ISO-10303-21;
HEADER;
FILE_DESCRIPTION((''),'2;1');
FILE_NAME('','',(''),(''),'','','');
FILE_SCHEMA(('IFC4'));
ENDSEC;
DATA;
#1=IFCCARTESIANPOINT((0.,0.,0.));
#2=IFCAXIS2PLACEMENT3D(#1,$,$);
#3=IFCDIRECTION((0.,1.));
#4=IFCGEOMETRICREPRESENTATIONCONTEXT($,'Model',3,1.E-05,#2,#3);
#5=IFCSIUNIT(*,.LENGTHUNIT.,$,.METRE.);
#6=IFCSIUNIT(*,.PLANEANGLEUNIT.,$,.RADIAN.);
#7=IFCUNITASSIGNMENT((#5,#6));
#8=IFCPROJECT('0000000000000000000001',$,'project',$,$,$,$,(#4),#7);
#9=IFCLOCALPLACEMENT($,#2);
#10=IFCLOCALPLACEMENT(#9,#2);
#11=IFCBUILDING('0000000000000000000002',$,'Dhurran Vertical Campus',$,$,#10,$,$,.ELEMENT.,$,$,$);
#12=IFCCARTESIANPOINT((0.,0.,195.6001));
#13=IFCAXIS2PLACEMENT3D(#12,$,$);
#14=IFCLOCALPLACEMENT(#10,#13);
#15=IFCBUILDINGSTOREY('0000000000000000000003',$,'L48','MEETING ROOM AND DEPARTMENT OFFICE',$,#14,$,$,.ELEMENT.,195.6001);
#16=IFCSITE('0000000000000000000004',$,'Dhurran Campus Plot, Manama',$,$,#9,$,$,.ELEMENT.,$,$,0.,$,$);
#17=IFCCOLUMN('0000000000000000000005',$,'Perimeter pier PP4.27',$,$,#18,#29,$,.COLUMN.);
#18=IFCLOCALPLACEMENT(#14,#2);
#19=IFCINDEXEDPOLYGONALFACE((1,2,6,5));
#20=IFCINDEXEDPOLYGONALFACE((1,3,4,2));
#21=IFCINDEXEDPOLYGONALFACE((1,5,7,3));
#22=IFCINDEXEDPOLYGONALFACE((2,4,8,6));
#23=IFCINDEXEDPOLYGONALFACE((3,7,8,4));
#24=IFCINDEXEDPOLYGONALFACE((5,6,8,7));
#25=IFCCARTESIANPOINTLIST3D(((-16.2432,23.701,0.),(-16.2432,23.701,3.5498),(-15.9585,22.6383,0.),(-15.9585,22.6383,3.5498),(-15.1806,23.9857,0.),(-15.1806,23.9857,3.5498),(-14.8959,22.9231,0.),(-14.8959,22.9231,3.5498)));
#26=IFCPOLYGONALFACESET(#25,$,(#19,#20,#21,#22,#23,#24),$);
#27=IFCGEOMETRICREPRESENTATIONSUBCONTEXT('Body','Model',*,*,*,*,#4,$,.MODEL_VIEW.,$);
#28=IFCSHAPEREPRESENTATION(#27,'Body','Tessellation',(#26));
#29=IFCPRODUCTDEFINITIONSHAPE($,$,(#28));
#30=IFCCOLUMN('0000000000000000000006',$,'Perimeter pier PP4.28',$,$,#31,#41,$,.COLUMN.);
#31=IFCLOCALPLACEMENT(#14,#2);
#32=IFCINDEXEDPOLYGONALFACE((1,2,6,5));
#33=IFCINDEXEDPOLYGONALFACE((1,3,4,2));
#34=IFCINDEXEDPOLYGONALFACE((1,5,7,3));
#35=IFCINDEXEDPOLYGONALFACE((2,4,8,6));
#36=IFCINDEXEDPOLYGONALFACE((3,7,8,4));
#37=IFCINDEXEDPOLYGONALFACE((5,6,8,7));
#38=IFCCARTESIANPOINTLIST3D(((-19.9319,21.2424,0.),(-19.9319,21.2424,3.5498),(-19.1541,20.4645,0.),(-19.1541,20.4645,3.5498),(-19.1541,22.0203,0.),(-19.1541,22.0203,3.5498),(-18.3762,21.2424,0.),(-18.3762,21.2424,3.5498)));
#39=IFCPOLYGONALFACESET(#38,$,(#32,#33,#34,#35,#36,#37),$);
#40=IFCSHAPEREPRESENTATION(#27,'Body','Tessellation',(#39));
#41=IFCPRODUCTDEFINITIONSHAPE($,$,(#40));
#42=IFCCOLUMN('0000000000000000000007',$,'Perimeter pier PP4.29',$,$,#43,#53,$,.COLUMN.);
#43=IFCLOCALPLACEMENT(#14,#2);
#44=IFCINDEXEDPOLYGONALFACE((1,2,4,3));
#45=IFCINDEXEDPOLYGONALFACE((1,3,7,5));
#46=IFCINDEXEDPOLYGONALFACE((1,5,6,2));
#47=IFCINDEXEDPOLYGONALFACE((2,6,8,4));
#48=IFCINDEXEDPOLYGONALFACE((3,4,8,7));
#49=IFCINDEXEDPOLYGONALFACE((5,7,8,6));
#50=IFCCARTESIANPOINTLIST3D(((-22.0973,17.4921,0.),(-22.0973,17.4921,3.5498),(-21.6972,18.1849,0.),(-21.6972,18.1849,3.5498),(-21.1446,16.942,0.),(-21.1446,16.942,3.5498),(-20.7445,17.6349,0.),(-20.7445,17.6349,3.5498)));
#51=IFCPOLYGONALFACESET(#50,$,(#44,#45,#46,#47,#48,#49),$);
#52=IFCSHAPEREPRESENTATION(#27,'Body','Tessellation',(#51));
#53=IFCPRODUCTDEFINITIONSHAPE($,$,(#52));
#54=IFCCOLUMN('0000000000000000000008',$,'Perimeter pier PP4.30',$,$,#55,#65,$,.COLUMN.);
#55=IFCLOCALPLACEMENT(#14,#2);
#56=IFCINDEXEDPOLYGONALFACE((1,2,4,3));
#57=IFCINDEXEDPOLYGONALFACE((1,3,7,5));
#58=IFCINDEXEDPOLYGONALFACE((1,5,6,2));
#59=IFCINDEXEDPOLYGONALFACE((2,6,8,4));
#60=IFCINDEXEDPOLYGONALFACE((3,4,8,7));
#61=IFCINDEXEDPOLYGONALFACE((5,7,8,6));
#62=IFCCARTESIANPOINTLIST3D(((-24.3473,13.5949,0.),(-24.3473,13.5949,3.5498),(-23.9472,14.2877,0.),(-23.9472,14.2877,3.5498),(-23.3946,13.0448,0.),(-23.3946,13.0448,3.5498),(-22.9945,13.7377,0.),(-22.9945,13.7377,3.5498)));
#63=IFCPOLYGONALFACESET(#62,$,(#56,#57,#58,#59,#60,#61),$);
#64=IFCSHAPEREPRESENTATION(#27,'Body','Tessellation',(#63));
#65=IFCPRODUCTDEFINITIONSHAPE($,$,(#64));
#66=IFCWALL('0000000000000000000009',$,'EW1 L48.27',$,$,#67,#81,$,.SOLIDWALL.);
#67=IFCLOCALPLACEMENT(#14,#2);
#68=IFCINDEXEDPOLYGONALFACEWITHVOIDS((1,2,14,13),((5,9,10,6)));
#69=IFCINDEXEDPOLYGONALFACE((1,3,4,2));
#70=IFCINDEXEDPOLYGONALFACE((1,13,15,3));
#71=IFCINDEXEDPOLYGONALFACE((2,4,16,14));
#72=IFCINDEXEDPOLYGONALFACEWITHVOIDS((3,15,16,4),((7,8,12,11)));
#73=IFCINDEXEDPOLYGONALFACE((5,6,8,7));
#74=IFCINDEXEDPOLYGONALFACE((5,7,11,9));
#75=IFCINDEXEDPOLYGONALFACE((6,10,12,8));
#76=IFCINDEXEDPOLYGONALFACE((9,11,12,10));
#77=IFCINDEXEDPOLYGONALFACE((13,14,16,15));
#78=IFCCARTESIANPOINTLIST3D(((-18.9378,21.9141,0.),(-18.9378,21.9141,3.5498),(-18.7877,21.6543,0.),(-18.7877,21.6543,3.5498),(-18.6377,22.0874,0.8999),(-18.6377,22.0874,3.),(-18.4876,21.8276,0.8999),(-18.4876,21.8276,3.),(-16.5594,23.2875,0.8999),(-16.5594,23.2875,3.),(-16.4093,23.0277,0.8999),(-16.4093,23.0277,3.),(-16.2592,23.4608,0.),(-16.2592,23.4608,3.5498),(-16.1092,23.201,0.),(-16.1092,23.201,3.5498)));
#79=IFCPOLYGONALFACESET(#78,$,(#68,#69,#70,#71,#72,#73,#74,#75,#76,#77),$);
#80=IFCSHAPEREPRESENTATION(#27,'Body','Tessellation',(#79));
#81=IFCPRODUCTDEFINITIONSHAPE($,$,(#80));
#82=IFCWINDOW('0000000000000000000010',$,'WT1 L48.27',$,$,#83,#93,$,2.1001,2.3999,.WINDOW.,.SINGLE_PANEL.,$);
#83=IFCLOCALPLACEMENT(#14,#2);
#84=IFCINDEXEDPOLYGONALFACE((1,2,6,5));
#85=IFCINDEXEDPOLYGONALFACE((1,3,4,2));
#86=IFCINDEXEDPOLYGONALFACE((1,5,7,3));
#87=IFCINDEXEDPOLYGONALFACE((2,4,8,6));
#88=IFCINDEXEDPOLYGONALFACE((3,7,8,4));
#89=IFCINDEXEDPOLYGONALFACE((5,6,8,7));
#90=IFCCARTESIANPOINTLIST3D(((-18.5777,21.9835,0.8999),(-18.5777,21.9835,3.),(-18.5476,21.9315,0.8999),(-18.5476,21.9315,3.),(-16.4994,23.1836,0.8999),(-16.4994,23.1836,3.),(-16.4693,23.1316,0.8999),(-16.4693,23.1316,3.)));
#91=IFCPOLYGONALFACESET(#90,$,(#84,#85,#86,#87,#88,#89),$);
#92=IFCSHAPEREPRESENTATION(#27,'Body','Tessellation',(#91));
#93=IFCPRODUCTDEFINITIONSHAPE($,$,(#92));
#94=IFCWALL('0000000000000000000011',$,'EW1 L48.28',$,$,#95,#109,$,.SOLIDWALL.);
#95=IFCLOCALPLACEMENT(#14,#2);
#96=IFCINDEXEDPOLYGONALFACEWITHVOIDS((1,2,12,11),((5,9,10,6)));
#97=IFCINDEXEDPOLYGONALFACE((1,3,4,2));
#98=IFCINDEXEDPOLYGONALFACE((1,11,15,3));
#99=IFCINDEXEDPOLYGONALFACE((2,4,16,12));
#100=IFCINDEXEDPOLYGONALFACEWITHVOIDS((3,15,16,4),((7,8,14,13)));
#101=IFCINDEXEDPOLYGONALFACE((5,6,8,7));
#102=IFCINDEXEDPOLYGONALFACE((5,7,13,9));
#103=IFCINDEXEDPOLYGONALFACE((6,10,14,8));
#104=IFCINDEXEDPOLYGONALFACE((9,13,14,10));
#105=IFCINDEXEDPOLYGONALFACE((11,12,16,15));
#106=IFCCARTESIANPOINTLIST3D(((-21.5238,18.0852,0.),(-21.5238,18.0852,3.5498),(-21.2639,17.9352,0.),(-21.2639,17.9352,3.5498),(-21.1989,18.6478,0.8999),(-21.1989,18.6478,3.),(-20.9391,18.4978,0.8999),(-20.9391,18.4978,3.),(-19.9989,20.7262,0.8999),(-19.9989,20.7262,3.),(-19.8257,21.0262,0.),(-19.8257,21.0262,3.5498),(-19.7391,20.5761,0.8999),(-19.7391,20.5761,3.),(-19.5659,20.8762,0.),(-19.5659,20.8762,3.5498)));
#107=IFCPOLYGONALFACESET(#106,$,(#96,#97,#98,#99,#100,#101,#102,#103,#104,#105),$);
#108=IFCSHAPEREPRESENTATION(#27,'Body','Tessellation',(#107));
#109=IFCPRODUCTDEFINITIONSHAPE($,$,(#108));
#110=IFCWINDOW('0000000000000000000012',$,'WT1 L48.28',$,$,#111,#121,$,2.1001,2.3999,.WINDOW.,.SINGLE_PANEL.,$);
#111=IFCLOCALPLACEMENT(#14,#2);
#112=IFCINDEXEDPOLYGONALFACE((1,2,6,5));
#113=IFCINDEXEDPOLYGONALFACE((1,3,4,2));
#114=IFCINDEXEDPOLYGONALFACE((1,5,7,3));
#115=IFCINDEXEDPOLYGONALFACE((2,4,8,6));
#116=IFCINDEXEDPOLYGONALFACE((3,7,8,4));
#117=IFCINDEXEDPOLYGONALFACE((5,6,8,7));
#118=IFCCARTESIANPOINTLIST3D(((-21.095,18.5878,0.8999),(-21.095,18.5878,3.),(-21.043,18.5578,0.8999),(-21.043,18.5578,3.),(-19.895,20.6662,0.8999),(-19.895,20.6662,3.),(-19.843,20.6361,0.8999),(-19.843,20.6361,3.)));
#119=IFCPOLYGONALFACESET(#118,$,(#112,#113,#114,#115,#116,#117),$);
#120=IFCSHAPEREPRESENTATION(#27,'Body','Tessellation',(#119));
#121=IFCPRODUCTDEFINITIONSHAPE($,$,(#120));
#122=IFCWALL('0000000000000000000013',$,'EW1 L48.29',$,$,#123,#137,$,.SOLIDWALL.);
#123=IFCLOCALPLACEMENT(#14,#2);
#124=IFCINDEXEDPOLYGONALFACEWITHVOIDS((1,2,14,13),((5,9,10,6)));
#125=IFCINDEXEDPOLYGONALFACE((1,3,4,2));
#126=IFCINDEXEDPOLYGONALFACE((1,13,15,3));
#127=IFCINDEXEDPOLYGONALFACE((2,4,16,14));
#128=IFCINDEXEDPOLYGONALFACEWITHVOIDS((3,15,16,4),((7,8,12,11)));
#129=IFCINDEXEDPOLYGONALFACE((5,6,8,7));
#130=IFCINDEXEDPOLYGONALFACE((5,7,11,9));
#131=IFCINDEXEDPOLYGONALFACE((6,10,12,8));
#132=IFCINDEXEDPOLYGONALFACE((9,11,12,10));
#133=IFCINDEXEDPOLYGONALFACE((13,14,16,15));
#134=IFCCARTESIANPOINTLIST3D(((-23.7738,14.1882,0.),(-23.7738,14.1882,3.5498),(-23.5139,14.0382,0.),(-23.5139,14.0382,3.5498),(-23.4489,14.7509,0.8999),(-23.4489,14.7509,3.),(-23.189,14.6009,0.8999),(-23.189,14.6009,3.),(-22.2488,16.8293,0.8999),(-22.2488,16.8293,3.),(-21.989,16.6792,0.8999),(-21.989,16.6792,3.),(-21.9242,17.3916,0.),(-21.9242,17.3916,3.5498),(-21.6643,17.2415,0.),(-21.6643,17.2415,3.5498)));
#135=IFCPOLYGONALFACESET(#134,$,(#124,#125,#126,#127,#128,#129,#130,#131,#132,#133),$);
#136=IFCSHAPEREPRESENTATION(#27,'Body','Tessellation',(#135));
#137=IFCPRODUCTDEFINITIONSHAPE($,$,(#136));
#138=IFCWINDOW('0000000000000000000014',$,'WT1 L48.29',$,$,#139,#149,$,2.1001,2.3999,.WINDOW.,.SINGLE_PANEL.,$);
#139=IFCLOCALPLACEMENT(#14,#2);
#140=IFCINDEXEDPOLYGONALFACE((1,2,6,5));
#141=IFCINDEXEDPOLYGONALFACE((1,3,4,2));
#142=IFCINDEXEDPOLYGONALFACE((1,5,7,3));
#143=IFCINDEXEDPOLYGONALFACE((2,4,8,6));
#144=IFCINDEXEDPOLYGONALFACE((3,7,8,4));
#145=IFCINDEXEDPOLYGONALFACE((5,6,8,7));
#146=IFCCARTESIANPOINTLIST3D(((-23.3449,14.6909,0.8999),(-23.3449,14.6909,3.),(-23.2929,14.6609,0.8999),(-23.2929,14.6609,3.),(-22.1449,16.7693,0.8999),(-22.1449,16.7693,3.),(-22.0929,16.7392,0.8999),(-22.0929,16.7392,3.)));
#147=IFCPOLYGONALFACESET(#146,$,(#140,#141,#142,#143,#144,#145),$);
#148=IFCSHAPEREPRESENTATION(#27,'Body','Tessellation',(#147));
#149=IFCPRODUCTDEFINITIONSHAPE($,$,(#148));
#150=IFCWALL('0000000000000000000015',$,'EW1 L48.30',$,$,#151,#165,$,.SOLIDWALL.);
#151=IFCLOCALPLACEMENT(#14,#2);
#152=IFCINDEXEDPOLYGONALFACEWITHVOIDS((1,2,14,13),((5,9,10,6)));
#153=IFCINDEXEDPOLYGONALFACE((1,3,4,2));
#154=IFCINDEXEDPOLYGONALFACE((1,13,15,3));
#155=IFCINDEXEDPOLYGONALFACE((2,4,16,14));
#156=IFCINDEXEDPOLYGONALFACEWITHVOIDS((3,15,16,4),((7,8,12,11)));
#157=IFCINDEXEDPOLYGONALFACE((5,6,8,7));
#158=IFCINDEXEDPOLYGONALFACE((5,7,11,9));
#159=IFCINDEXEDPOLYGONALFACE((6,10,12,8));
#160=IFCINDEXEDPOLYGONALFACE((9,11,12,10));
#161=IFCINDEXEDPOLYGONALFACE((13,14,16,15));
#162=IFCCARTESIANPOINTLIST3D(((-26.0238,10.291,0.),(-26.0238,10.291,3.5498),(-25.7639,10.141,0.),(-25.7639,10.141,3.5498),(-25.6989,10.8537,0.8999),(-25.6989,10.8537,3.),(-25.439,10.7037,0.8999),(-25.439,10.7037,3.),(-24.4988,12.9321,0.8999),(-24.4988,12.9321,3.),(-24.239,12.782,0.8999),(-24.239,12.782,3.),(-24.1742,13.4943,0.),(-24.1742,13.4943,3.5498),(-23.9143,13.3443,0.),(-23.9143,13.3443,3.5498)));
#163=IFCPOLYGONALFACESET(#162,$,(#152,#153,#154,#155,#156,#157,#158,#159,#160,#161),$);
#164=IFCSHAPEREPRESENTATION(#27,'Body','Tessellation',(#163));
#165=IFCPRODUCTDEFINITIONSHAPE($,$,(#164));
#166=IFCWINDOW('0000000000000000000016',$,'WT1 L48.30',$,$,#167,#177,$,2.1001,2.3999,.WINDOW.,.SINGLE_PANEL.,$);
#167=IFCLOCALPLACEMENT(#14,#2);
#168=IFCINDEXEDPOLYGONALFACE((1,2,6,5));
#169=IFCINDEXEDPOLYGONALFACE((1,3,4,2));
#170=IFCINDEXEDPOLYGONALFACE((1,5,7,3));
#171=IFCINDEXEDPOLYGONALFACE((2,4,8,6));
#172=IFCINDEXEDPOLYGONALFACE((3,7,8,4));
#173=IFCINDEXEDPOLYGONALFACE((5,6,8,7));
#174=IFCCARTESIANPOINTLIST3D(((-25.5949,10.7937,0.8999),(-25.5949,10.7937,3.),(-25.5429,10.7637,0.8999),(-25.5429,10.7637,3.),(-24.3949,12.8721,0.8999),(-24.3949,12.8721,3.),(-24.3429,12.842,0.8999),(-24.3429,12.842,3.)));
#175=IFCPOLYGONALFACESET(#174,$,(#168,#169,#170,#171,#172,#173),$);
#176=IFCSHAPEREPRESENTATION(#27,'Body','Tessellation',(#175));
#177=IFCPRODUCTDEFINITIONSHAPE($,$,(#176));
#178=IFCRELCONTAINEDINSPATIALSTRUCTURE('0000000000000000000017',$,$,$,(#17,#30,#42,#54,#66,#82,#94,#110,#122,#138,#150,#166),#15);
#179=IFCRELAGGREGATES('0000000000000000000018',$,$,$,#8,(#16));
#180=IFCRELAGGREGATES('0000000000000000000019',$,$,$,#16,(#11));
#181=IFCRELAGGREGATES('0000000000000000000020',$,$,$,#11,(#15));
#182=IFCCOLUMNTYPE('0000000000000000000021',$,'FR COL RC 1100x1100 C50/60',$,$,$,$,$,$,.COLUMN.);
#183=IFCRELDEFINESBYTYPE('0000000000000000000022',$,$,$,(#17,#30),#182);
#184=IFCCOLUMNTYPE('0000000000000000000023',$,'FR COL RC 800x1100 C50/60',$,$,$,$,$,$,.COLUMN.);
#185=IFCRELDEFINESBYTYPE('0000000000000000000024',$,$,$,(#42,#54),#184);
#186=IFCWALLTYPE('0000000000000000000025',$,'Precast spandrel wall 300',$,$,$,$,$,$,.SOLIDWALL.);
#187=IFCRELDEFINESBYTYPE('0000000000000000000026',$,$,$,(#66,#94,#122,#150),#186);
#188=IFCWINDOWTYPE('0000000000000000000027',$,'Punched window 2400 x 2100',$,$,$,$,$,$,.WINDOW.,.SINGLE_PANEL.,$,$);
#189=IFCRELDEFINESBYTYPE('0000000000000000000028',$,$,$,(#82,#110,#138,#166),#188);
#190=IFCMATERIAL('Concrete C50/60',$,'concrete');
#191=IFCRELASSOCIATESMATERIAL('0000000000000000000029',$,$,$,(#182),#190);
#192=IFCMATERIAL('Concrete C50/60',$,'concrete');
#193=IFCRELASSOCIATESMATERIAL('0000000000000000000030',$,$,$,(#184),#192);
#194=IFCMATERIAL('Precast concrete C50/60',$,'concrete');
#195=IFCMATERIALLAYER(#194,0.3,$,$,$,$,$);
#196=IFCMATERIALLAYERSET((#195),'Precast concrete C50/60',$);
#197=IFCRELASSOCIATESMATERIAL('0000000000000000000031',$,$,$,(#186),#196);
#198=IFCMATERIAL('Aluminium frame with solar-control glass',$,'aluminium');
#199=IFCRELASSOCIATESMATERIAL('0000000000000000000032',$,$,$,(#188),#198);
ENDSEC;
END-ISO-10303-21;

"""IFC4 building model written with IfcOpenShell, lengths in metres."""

from ifc_helpers import new_model, si_unit, direction, frame, frame_2d, origin, origin_2d, place, context, subcontext, project, spatial, rectangle, extrude, material, layer, layer_set, material_profile, profile_set, type_object, element, fill, save


model = new_model("IFC4")

# Units and contexts
model_context = context("Model", 3, precision=1e-05, world=origin(), true_north=direction((0.0, 1.0)))
body_context = subcontext(model_context, "Body", "Model", "MODEL_VIEW")
ifc_project = project(units=[si_unit("LENGTHUNIT", "METRE"), si_unit("PLANEANGLEUNIT", "RADIAN")], contexts=[model_context])

# Site, building, storey
site_placement = place(None, origin())
site = spatial("IfcSite", under=ifc_project, at=site_placement, Name="Dhurran Campus Plot, Manama", CompositionType="ELEMENT", RefElevation=0.0)
building_placement = place(site_placement, origin())
building = spatial("IfcBuilding", under=site, at=building_placement, Name="Dhurran Vertical Campus", CompositionType="ELEMENT")
storey_placement = place(building_placement, frame((0.0, 0.0, 195.6001)))
storey = spatial("IfcBuildingStorey", under=building, at=storey_placement, Name="L48", Description="MEETING ROOM AND DEPARTMENT OFFICE", CompositionType="ELEMENT", Elevation=195.6001)

# Columns
ifc_material_1 = material(Name="Concrete C50/60", Category="concrete")
ifc_material_profile_1 = material_profile(ifc_material_1, rectangle(XDim=1.1001, YDim=1.1001, at=origin_2d()), Name="RC 1100x1100")
ifc_profile_set_1 = profile_set([ifc_material_profile_1], Name="Concrete C50/60")
column_type_1 = type_object("IfcColumnType", Name="FR COL RC 1100x1100 C50/60", PredefinedType="COLUMN", material=ifc_profile_set_1)
for number, where, z_axis, x_axis, name in (
    (1, (-15.5696, 23.312, 0.0), (0.0, 0.0, 1.0), (-0.965926, -0.258819, 0.0), "Perimeter pier PP4.27"),
    (2, (-19.1541, 21.2424, 0.0), (0.0, 0.0, 1.0), (-0.707107, -0.707107, 0.0), "Perimeter pier PP4.28"),
):
    element("IfcColumn", number, at=place(storey_placement, frame(where, z_axis=z_axis, x_axis=x_axis)), inside=storey, type_object=column_type_1, Name=name, PredefinedType="COLUMN", context=body_context, shape_type="SweptSolid", body=[
        extrude(rectangle(XDim=1.1001, YDim=1.1001, at=origin_2d()), origin(), (0.0, 0.0, 1.0), 3.5498),
    ])
ifc_material_2 = material(Name="Concrete C50/60", Category="concrete")
ifc_material_profile_2 = material_profile(ifc_material_2, rectangle(XDim=0.8, YDim=1.1001, at=origin_2d()), Name="RC 800x1100")
ifc_profile_set_2 = profile_set([ifc_material_profile_2], Name="Concrete C50/60")
column_type_2 = type_object("IfcColumnType", Name="FR COL RC 800x1100 C50/60", PredefinedType="COLUMN", material=ifc_profile_set_2)
for number, where, z_axis, x_axis, name in (
    (3, (-21.4209, 17.5635, 0.0), (0.0, 0.0, 1.0), (-0.5, -0.866025, 0.0), "Perimeter pier PP4.29"),
    (4, (-23.6709, 13.6663, 0.0), (0.0, 0.0, 1.0), (-0.5, -0.866025, 0.0), "Perimeter pier PP4.30"),
):
    element("IfcColumn", number, at=place(storey_placement, frame(where, z_axis=z_axis, x_axis=x_axis)), inside=storey, type_object=column_type_2, Name=name, PredefinedType="COLUMN", context=body_context, shape_type="SweptSolid", body=[
        extrude(rectangle(XDim=0.8, YDim=1.1001, at=origin_2d()), origin(), (0.0, 0.0, 1.0), 3.5498),
    ])

# Walls, openings, windows
ifc_material_3 = material(Name="Precast concrete C50/60", Category="concrete")
ifc_layer_1 = layer(ifc_material_3, 0.3)
ifc_layer_set_1 = layer_set([ifc_layer_1], Name="Precast concrete C50/60")
wall_type_1 = type_object("IfcWallType", Name="Precast spandrel wall 300", PredefinedType="SOLIDWALL", material=ifc_layer_set_1)
wall_1_placement = place(storey_placement, frame((-16.1843, 23.3308, 0.0), z_axis=(0.0, 0.0, 1.0), x_axis=(-0.865995, -0.500053, 0.0)))
wall_1 = element("IfcWall", 5, at=wall_1_placement, inside=storey, type_object=wall_type_1, Name="EW1 L48.27", PredefinedType="SOLIDWALL", context=body_context, shape_type="SweptSolid", body=[
    extrude(rectangle(XDim=3.093, YDim=0.3, at=frame_2d((1.5464, 0.0))), origin(), (0.0, 0.0, 1.0), 3.5498),
])
opening_1_placement = place(wall_1_placement, frame((0.3464, 0.0, 0.8999)))
opening_1 = element("IfcOpeningElement", 6, at=opening_1_placement, cuts=wall_1, PredefinedType="OPENING", context=body_context, shape_type="SweptSolid", body=[
    extrude(rectangle(XDim=2.3999, YDim=2.1001, at=frame_2d((1.2, 1.05))), frame((0.0, 0.1599, 0.0), z_axis=(0.0, -1.0, 0.0), x_axis=(1.0, 0.0, 0.0)), (0.0, 0.0, 1.0), 0.3201),
])
ifc_material_4 = material(Name="Aluminium frame with solar-control glass", Category="aluminium")
window_type = type_object("IfcWindowType", Name="Punched window 2400 x 2100", PartitioningType="SINGLE_PANEL", PredefinedType="WINDOW", material=ifc_material_4)
window_1_placement = place(opening_1_placement, origin())
window_1 = element("IfcWindow", 7, at=window_1_placement, inside=storey, type_object=window_type, Name="WT1 L48.27", OverallHeight=2.1001, OverallWidth=2.3999, PartitioningType="SINGLE_PANEL", PredefinedType="WINDOW", context=body_context, shape_type="SweptSolid", body=[
    extrude(rectangle(XDim=2.3999, YDim=2.1001, at=frame_2d((1.2, 1.05))), frame((0.0, 0.03, 0.0), z_axis=(0.0, -1.0, 0.0), x_axis=(1.0, 0.0, 0.0)), (0.0, 0.0, 1.0), 0.0601),
])
fill(opening_1, window_1)
wall_2_placement = place(storey_placement, frame((-19.6958, 20.9512, 0.0), z_axis=(0.0, 0.0, 1.0), x_axis=(-0.500013, -0.866018, 0.0)))
wall_2 = element("IfcWall", 8, at=wall_2_placement, inside=storey, type_object=wall_type_1, Name="EW1 L48.28", PredefinedType="SOLIDWALL", context=body_context, shape_type="SweptSolid", body=[
    extrude(rectangle(XDim=3.396, YDim=0.3, at=frame_2d((1.698, 0.0))), origin(), (0.0, 0.0, 1.0), 3.5498),
])
opening_2_placement = place(wall_2_placement, frame((0.3464, 0.0, 0.8999)))
opening_2 = element("IfcOpeningElement", 9, at=opening_2_placement, cuts=wall_2, PredefinedType="OPENING", context=body_context, shape_type="SweptSolid", body=[
    extrude(rectangle(XDim=2.3999, YDim=2.1001, at=frame_2d((1.2, 1.05))), frame((0.0, 0.1599, 0.0), z_axis=(0.0, -1.0, 0.0), x_axis=(1.0, 0.0, 0.0)), (0.0, 0.0, 1.0), 0.3201),
])
window_2_placement = place(opening_2_placement, origin())
window_2 = element("IfcWindow", 10, at=window_2_placement, inside=storey, type_object=window_type, Name="WT1 L48.28", OverallHeight=2.1001, OverallWidth=2.3999, PartitioningType="SINGLE_PANEL", PredefinedType="WINDOW", context=body_context, shape_type="SweptSolid", body=[
    extrude(rectangle(XDim=2.3999, YDim=2.1001, at=frame_2d((1.2, 1.05))), frame((0.0, 0.03, 0.0), z_axis=(0.0, -1.0, 0.0), x_axis=(1.0, 0.0, 0.0)), (0.0, 0.0, 1.0), 0.0601),
])
fill(opening_2, window_2)
wall_3_placement = place(storey_placement, frame((-21.7942, 17.3167, 0.0), z_axis=(0.0, 0.0, 1.0), x_axis=(-0.500029, -0.866009, 0.0)))
wall_3 = element("IfcWall", 11, at=wall_3_placement, inside=storey, type_object=wall_type_1, Name="EW1 L48.29", PredefinedType="SOLIDWALL", context=body_context, shape_type="SweptSolid", body=[
    extrude(rectangle(XDim=3.699, YDim=0.3, at=frame_2d((1.8496, 0.0))), origin(), (0.0, 0.0, 1.0), 3.5498),
])
opening_3_placement = place(wall_3_placement, frame((0.6494, 0.0, 0.8999)))
opening_3 = element("IfcOpeningElement", 12, at=opening_3_placement, cuts=wall_3, PredefinedType="OPENING", context=body_context, shape_type="SweptSolid", body=[
    extrude(rectangle(XDim=2.3999, YDim=2.1001, at=frame_2d((1.2, 1.05))), frame((0.0, 0.1599, 0.0), z_axis=(0.0, -1.0, 0.0), x_axis=(1.0, 0.0, 0.0)), (0.0, 0.0, 1.0), 0.3201),
])
window_3_placement = place(opening_3_placement, origin())
window_3 = element("IfcWindow", 13, at=window_3_placement, inside=storey, type_object=window_type, Name="WT1 L48.29", OverallHeight=2.1001, OverallWidth=2.3999, PartitioningType="SINGLE_PANEL", PredefinedType="WINDOW", context=body_context, shape_type="SweptSolid", body=[
    extrude(rectangle(XDim=2.3999, YDim=2.1001, at=frame_2d((1.2, 1.05))), frame((0.0, 0.03, 0.0), z_axis=(0.0, -1.0, 0.0), x_axis=(1.0, 0.0, 0.0)), (0.0, 0.0, 1.0), 0.0601),
])
fill(opening_3, window_3)
wall_4_placement = place(storey_placement, frame((-24.0442, 13.4194, 0.0), z_axis=(0.0, 0.0, 1.0), x_axis=(-0.500029, -0.866009, 0.0)))
wall_4 = element("IfcWall", 14, at=wall_4_placement, inside=storey, type_object=wall_type_1, Name="EW1 L48.30", PredefinedType="SOLIDWALL", context=body_context, shape_type="SweptSolid", body=[
    extrude(rectangle(XDim=3.699, YDim=0.3, at=frame_2d((1.8496, 0.0))), origin(), (0.0, 0.0, 1.0), 3.5498),
])
opening_4_placement = place(wall_4_placement, frame((0.6494, 0.0, 0.8999)))
opening_4 = element("IfcOpeningElement", 15, at=opening_4_placement, cuts=wall_4, PredefinedType="OPENING", context=body_context, shape_type="SweptSolid", body=[
    extrude(rectangle(XDim=2.3999, YDim=2.1001, at=frame_2d((1.2, 1.05))), frame((0.0, 0.1599, 0.0), z_axis=(0.0, -1.0, 0.0), x_axis=(1.0, 0.0, 0.0)), (0.0, 0.0, 1.0), 0.3201),
])
window_4_placement = place(opening_4_placement, origin())
window_4 = element("IfcWindow", 16, at=window_4_placement, inside=storey, type_object=window_type, Name="WT1 L48.30", OverallHeight=2.1001, OverallWidth=2.3999, PartitioningType="SINGLE_PANEL", PredefinedType="WINDOW", context=body_context, shape_type="SweptSolid", body=[
    extrude(rectangle(XDim=2.3999, YDim=2.1001, at=frame_2d((1.2, 1.05))), frame((0.0, 0.03, 0.0), z_axis=(0.0, -1.0, 0.0), x_axis=(1.0, 0.0, 0.0)), (0.0, 0.0, 1.0), 0.0601),
])
fill(opening_4, window_4)

save(model, "model.ifc")
